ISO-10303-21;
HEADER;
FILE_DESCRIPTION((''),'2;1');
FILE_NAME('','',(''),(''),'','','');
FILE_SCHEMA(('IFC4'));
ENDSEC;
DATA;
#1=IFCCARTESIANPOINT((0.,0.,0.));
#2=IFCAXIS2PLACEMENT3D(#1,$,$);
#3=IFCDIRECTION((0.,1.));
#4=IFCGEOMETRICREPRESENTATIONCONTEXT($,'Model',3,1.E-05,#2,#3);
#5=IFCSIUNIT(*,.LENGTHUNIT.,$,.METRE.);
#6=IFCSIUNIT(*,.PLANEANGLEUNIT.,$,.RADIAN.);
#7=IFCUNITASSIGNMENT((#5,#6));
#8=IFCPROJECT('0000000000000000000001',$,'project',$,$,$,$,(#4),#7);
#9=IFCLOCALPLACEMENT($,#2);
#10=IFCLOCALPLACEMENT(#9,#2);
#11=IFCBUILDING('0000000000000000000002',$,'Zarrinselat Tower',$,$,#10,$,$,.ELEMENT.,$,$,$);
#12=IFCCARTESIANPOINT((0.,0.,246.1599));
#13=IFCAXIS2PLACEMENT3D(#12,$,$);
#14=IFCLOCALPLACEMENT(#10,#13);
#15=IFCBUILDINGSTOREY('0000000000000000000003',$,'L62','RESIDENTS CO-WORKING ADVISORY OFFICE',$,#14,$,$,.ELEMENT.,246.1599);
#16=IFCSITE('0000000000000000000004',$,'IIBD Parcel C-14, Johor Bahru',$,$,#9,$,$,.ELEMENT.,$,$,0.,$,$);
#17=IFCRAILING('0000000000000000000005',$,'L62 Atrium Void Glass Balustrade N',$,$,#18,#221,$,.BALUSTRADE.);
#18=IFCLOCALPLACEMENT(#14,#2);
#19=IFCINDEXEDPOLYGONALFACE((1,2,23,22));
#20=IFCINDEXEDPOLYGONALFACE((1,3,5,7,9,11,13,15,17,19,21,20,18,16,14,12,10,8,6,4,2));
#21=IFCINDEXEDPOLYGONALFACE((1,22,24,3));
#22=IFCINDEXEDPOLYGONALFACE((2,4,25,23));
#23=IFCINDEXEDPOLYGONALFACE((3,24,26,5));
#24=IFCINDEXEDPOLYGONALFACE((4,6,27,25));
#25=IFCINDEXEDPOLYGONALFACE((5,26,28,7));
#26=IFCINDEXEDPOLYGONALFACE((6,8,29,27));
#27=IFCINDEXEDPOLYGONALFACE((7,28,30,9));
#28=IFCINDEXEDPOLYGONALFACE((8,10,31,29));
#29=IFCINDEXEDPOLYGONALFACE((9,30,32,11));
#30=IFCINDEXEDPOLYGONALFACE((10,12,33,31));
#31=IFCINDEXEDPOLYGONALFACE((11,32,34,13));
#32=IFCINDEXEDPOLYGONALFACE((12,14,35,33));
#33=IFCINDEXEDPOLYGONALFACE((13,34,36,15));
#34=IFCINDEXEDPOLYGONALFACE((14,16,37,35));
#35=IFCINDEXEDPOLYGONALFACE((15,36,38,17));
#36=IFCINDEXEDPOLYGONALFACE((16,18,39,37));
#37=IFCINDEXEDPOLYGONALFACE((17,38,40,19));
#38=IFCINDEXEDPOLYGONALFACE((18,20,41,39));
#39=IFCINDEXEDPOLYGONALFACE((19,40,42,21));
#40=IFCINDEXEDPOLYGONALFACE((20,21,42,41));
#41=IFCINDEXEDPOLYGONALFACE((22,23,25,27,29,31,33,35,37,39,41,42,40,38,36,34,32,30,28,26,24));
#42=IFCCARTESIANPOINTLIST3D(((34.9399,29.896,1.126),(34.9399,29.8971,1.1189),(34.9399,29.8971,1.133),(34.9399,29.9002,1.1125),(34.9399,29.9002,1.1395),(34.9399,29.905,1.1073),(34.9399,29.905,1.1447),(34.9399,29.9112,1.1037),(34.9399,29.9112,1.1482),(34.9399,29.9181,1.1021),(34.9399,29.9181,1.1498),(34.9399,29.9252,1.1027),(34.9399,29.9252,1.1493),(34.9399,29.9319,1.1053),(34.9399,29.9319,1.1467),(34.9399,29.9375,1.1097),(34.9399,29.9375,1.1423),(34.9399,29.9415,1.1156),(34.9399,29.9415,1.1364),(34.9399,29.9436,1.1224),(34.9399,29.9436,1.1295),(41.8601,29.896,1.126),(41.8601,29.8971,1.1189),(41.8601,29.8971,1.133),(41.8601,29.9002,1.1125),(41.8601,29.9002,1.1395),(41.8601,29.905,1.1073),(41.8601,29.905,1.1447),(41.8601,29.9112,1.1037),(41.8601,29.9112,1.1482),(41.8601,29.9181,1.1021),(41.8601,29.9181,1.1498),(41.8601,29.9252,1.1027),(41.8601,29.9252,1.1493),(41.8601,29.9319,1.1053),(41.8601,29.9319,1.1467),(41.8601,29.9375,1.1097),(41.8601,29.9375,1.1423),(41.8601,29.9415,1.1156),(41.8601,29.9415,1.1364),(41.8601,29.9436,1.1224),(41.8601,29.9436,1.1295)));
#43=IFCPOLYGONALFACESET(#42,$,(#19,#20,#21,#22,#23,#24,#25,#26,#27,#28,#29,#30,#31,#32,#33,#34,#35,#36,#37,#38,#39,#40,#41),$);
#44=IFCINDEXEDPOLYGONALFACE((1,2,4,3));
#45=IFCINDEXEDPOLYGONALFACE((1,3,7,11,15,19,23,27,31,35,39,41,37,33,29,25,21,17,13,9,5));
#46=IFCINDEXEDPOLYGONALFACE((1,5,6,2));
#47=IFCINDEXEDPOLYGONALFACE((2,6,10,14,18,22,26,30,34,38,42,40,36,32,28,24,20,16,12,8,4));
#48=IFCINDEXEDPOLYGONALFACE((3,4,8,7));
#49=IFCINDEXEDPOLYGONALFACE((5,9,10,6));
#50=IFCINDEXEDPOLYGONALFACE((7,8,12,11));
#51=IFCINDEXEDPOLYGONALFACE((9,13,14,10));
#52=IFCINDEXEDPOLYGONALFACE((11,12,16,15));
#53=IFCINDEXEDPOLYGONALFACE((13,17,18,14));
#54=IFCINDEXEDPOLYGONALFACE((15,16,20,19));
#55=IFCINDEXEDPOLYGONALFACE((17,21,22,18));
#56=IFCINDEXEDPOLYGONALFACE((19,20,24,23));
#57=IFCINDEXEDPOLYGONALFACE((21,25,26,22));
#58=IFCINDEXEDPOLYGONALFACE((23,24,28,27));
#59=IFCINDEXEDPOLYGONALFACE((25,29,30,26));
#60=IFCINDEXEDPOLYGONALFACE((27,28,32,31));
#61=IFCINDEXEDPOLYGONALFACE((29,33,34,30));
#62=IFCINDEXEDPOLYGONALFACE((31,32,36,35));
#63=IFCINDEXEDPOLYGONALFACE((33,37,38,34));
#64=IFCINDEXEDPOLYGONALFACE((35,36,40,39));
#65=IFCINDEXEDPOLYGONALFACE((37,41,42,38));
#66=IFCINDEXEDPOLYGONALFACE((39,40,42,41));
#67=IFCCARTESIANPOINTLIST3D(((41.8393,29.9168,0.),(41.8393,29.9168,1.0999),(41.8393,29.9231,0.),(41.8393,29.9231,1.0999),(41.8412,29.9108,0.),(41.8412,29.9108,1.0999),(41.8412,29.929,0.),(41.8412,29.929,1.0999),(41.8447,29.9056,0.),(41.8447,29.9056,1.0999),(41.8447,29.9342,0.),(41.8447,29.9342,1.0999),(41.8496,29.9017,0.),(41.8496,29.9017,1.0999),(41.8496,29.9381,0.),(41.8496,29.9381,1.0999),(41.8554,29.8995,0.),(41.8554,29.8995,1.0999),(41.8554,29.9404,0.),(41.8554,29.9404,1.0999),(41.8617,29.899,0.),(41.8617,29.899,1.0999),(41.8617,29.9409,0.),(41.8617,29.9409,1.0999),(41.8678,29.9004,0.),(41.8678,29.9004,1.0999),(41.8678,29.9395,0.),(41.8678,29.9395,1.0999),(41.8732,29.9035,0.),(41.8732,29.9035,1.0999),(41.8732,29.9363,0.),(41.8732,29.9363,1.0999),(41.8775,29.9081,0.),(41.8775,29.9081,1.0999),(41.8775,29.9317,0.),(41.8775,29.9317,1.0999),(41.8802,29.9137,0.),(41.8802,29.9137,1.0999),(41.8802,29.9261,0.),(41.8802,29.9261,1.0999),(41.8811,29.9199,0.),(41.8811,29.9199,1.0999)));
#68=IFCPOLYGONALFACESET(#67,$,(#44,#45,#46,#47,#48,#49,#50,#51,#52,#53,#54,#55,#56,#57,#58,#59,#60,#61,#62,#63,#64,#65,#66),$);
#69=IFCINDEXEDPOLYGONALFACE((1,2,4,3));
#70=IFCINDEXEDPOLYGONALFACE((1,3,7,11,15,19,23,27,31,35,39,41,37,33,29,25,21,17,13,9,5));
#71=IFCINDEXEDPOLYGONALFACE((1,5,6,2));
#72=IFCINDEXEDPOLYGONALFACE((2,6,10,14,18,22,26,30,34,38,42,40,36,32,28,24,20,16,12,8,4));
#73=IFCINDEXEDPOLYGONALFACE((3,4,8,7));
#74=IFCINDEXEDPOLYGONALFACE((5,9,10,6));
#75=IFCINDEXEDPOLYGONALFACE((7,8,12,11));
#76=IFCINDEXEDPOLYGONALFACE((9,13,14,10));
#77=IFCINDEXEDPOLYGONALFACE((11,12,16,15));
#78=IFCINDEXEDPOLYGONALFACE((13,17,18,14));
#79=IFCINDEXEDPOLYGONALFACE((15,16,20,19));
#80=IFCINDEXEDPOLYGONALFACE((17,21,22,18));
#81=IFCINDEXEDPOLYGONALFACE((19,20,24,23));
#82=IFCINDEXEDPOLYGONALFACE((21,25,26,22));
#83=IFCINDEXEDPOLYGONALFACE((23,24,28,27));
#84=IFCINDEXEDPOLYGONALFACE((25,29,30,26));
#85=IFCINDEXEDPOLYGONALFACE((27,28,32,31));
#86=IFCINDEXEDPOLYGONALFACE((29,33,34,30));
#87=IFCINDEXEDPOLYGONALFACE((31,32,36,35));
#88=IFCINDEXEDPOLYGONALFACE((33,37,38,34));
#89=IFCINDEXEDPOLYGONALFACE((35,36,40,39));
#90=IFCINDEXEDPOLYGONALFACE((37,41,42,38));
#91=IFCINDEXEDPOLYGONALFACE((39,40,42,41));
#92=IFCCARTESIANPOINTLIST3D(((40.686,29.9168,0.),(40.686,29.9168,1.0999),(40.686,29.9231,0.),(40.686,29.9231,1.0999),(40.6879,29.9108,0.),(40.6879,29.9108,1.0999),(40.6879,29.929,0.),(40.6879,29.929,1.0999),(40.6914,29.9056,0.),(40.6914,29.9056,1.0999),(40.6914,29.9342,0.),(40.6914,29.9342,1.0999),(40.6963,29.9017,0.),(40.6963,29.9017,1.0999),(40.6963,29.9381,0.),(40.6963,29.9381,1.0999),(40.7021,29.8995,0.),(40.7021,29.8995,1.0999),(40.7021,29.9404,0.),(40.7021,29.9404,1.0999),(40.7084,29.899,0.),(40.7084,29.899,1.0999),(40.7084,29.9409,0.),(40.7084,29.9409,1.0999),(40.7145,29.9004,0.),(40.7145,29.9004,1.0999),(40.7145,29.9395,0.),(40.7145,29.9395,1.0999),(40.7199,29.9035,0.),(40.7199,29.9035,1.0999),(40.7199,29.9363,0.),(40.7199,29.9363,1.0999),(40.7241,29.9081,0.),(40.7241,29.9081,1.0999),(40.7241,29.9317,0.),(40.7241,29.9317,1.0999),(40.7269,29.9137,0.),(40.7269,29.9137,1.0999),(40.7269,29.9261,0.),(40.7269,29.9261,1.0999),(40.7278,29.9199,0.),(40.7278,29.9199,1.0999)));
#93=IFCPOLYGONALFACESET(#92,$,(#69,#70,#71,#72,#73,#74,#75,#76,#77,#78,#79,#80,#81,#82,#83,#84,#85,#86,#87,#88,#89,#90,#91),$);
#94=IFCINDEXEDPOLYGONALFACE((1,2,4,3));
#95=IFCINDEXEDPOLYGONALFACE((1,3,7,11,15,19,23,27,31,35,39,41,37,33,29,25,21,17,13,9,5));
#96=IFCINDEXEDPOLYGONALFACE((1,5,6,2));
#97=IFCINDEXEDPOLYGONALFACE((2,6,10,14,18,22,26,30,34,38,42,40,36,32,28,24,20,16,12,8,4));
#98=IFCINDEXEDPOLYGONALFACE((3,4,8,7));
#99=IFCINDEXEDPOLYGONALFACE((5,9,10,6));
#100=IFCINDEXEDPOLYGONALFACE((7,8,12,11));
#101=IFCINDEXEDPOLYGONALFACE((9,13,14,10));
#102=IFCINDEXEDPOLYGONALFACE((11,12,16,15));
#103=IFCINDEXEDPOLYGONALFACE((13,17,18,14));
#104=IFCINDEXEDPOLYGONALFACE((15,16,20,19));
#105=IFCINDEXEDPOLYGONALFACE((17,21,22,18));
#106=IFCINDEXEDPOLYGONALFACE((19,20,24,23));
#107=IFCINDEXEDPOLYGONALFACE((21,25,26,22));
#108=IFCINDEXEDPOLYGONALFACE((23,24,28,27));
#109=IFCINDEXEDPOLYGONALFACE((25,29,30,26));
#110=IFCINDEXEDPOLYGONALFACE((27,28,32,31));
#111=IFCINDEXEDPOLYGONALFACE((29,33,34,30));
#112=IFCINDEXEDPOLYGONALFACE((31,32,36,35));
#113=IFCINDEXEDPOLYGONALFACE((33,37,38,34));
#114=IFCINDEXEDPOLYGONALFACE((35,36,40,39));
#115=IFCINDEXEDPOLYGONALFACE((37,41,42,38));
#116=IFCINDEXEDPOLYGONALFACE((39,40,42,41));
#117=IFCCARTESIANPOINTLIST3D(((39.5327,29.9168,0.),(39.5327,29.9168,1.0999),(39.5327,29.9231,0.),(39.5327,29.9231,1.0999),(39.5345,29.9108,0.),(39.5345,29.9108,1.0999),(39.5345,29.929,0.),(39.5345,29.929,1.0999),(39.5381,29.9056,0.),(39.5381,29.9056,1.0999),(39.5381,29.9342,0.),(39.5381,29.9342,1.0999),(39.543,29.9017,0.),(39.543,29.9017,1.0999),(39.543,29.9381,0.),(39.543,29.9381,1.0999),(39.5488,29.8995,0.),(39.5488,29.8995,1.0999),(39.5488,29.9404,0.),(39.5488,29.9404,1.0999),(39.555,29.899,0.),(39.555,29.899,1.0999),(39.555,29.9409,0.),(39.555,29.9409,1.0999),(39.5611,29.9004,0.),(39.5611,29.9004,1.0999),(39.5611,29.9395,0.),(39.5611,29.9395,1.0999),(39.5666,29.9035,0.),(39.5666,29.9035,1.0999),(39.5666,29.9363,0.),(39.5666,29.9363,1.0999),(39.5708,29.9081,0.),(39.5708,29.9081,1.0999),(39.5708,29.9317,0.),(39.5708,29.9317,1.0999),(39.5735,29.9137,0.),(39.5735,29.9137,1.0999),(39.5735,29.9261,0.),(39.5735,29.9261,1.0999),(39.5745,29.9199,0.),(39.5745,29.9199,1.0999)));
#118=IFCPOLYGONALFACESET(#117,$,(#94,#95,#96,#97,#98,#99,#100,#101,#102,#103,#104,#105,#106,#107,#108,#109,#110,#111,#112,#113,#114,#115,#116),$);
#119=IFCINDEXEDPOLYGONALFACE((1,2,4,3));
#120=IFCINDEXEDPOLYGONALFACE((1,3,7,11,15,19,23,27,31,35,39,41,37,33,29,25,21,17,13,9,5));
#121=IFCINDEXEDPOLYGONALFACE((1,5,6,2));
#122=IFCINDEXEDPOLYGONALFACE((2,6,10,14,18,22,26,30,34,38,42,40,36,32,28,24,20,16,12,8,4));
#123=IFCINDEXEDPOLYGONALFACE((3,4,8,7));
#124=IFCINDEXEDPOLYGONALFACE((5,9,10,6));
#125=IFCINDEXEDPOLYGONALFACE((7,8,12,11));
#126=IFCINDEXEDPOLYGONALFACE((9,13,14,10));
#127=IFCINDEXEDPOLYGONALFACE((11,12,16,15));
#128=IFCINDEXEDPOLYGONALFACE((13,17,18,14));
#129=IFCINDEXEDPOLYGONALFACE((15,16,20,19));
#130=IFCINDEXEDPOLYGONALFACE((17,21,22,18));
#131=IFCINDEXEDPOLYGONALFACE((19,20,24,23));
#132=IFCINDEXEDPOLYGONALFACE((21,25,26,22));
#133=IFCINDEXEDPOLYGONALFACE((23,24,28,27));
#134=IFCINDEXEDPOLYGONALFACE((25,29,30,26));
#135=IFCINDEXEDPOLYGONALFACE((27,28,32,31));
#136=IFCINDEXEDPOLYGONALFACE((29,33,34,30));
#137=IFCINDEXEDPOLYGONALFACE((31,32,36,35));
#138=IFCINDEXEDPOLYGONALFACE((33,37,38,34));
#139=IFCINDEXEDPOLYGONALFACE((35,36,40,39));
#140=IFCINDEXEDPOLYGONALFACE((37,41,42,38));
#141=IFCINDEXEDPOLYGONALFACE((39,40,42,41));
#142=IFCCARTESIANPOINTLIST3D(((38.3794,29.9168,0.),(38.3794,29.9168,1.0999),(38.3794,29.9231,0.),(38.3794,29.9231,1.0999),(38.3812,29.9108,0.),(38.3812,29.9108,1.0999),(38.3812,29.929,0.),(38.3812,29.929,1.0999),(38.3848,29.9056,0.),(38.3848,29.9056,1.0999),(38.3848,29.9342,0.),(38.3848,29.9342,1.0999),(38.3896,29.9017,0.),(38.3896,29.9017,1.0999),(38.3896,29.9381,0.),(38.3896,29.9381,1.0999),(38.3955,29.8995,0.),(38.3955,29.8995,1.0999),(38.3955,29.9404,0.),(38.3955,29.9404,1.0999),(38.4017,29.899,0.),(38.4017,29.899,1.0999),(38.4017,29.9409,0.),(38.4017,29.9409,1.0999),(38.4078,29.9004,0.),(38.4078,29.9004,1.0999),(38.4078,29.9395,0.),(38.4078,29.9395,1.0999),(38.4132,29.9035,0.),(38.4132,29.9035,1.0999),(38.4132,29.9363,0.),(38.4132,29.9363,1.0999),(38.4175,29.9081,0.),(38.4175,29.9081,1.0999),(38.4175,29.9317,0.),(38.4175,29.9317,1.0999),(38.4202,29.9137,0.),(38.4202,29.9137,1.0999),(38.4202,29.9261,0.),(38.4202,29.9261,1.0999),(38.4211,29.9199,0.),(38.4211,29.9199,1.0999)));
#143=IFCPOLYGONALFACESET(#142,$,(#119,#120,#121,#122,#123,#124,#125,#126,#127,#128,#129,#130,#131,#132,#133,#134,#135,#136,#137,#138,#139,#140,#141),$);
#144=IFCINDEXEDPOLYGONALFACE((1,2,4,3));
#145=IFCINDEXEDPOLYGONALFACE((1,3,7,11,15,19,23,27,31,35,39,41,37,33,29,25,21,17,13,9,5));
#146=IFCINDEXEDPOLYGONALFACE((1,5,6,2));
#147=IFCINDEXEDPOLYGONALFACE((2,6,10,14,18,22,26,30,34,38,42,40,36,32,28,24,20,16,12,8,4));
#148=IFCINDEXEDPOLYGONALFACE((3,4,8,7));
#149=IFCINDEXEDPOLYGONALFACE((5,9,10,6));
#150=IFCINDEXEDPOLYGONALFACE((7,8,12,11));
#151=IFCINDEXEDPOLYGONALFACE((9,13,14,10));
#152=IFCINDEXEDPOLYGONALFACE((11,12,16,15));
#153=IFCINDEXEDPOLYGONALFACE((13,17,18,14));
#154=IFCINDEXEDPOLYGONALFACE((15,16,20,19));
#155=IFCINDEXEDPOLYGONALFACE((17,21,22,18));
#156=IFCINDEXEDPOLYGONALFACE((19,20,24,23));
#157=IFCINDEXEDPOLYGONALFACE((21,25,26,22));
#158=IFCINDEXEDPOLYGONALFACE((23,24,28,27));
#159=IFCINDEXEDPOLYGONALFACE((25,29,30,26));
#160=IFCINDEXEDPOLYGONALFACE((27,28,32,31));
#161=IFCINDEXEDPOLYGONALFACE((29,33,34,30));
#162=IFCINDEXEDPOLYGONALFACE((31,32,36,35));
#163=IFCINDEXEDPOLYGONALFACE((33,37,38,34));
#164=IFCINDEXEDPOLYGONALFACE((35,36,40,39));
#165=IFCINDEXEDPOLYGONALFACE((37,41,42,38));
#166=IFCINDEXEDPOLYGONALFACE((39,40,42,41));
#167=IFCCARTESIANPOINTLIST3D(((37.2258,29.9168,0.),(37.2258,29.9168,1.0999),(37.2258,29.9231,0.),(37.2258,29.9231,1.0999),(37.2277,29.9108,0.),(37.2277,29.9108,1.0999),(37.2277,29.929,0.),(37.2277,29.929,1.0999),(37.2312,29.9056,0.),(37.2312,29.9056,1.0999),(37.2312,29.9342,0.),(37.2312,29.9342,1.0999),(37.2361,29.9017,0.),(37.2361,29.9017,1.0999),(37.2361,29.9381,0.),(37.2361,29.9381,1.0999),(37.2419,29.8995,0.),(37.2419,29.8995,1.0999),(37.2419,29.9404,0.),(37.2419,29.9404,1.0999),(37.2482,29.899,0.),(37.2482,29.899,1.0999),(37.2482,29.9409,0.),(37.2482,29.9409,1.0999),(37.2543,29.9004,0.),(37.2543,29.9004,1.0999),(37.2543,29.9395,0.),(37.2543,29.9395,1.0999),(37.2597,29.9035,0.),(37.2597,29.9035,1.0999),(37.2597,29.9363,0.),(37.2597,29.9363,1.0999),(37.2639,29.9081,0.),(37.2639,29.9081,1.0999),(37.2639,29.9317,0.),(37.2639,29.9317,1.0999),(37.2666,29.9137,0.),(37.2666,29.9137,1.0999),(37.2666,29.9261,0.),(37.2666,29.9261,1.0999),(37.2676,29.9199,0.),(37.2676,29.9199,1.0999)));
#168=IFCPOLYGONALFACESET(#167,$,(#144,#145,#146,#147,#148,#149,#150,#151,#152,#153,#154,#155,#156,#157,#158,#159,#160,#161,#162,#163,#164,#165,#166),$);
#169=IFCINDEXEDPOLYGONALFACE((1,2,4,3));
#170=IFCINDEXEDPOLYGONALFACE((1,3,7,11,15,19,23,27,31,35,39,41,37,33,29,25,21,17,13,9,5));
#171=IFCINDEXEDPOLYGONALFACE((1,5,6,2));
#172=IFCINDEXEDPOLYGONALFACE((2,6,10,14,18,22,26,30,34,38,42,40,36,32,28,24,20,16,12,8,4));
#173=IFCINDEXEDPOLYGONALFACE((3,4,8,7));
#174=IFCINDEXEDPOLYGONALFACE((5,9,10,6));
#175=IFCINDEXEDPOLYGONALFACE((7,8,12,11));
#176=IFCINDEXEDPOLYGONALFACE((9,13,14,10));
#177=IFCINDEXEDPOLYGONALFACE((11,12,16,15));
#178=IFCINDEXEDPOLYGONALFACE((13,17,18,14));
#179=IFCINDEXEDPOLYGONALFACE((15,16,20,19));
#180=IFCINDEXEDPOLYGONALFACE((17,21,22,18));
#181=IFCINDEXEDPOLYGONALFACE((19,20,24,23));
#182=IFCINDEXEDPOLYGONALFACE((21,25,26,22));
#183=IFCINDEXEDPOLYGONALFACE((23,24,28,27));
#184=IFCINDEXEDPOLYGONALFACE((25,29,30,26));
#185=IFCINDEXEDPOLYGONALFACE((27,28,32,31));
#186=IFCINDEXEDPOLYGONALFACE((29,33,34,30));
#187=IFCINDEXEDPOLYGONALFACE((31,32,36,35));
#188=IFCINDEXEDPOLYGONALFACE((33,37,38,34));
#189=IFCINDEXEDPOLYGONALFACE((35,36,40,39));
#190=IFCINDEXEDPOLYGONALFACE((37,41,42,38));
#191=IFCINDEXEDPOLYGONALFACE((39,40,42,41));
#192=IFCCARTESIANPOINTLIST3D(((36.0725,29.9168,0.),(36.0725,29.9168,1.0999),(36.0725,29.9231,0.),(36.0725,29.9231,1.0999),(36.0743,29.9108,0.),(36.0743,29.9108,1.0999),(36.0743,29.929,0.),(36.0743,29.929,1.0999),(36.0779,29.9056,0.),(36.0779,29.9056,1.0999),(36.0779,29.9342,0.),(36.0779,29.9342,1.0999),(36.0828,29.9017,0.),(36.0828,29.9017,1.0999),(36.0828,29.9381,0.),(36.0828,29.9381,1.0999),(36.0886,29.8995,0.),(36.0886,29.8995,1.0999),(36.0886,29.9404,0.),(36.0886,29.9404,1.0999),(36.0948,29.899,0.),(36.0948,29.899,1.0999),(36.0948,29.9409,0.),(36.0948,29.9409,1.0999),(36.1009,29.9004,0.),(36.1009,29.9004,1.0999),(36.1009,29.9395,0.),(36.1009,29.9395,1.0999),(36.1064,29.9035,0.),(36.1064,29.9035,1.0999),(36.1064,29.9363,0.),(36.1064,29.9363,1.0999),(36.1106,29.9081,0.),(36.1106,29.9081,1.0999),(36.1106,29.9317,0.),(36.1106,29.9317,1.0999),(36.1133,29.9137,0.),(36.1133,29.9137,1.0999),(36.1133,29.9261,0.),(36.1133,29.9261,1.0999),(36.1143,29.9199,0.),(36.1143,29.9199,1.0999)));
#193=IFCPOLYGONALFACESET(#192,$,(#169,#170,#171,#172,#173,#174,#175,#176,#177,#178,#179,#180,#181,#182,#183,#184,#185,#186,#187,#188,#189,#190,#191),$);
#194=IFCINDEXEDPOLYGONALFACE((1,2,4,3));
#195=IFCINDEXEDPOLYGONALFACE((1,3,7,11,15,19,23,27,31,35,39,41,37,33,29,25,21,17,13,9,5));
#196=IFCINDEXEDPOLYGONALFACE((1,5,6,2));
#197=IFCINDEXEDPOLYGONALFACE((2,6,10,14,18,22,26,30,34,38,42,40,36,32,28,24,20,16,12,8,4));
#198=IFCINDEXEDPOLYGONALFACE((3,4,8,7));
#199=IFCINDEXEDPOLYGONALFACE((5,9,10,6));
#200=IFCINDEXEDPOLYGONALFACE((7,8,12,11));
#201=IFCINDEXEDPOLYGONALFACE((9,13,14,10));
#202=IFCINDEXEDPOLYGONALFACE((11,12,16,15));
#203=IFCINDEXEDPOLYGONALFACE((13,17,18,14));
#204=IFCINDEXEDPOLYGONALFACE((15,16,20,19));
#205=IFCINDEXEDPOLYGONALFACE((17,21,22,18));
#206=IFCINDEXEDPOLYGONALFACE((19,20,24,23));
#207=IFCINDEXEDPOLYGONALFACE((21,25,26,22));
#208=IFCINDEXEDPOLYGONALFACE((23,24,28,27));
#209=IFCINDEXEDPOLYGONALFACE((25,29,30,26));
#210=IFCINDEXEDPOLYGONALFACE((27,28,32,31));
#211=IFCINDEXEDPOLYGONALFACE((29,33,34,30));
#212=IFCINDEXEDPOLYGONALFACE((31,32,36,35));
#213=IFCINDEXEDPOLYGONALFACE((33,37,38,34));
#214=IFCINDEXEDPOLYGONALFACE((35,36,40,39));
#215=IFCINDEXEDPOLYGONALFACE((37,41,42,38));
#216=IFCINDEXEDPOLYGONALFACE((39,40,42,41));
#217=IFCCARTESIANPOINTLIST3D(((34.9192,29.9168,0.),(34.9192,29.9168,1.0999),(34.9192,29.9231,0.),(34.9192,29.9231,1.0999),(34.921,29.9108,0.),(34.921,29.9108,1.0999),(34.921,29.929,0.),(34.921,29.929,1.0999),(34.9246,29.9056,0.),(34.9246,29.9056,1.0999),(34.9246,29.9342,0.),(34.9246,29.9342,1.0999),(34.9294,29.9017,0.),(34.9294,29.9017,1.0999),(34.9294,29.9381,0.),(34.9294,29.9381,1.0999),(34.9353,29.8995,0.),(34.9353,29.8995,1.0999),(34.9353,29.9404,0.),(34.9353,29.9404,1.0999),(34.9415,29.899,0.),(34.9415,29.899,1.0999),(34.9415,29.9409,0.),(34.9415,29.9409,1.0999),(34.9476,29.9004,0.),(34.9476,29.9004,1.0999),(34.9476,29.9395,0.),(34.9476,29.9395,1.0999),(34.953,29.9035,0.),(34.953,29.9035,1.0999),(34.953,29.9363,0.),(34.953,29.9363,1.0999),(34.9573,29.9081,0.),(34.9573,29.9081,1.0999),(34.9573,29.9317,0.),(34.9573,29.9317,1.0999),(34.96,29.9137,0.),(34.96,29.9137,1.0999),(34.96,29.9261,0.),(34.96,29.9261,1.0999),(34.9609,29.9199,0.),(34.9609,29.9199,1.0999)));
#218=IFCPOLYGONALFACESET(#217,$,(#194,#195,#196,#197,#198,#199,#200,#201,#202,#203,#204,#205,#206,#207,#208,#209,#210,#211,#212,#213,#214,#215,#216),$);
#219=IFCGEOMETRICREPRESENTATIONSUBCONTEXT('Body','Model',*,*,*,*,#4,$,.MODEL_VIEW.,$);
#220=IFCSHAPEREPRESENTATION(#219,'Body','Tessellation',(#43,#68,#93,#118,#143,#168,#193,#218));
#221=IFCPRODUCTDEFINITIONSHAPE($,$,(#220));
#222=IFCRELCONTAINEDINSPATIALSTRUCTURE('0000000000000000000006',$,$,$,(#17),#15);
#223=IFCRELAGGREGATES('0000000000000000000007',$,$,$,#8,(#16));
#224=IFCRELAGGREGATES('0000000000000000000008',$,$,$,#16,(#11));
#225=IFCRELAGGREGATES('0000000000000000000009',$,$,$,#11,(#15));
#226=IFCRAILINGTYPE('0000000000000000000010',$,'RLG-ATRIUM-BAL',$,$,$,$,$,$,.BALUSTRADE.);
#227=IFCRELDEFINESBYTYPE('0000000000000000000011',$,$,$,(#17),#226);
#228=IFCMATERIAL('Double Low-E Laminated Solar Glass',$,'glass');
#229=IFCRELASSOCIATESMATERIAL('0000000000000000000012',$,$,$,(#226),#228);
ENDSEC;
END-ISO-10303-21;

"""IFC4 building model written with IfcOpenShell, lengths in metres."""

from ifc_helpers import new_model, si_unit, direction, frame, origin, origin_2d, place, context, subcontext, project, spatial, circle, extrude, material, type_object, element, save


model = new_model("IFC4")

# Units and contexts
model_context = context("Model", 3, precision=1e-05, world=origin(), true_north=direction((0.0, 1.0)))
body_context = subcontext(model_context, "Body", "Model", "MODEL_VIEW")
ifc_project = project(units=[si_unit("LENGTHUNIT", "METRE"), si_unit("PLANEANGLEUNIT", "RADIAN")], contexts=[model_context])

# Site, building, storey
site_placement = place(None, origin())
site = spatial("IfcSite", under=ifc_project, at=site_placement, Name="IIBD Parcel C-14, Johor Bahru", CompositionType="ELEMENT", RefElevation=0.0)
building_placement = place(site_placement, origin())
building = spatial("IfcBuilding", under=site, at=building_placement, Name="Zarrinselat Tower", CompositionType="ELEMENT")
storey_placement = place(building_placement, frame((0.0, 0.0, 246.1599)))
storey = spatial("IfcBuildingStorey", under=building, at=storey_placement, Name="L62", Description="RESIDENTS CO-WORKING ADVISORY OFFICE", CompositionType="ELEMENT", Elevation=246.1599)

# Railing
ifc_material_1 = material(Name="Double Low-E Laminated Solar Glass", Category="glass")
railing_type = type_object("IfcRailingType", Name="RLG-ATRIUM-BAL", PredefinedType="BALUSTRADE", material=ifc_material_1)
railing_1_placement = place(storey_placement, frame((41.8601, 29.9199, 0.0)))
element("IfcRailing", 1, at=railing_1_placement, inside=storey, type_object=railing_type, Name="L62 Atrium Void Glass Balustrade N", PredefinedType="BALUSTRADE", context=body_context, shape_type="SweptSolid", body=[
    extrude(circle(Radius=0.0239, at=origin_2d()), frame((0.0, 0.0, 1.126), z_axis=(-1.0, 0.0, 0.0), x_axis=(0.0, -1.0, 0.0)), (0.0, 0.0, 1.0), 6.9202),
    extrude(circle(Radius=0.021, at=origin_2d()), origin(), (0.0, 0.0, 1.0), 1.0999),
    extrude(circle(Radius=0.021, at=origin_2d()), frame((-1.1533, 0.0, 0.0)), (0.0, 0.0, 1.0), 1.0999),
    extrude(circle(Radius=0.021, at=origin_2d()), frame((-2.3066, 0.0, 0.0)), (0.0, 0.0, 1.0), 1.0999),
    extrude(circle(Radius=0.021, at=origin_2d()), frame((-3.46, 0.0, 0.0)), (0.0, 0.0, 1.0), 1.0999),
    extrude(circle(Radius=0.021, at=origin_2d()), frame((-4.6135, 0.0, 0.0)), (0.0, 0.0, 1.0), 1.0999),
    extrude(circle(Radius=0.021, at=origin_2d()), frame((-5.7668, 0.0, 0.0)), (0.0, 0.0, 1.0), 1.0999),
    extrude(circle(Radius=0.021, at=origin_2d()), frame((-6.9202, 0.0, 0.0)), (0.0, 0.0, 1.0), 1.0999),
])

save(model, "model.ifc")
